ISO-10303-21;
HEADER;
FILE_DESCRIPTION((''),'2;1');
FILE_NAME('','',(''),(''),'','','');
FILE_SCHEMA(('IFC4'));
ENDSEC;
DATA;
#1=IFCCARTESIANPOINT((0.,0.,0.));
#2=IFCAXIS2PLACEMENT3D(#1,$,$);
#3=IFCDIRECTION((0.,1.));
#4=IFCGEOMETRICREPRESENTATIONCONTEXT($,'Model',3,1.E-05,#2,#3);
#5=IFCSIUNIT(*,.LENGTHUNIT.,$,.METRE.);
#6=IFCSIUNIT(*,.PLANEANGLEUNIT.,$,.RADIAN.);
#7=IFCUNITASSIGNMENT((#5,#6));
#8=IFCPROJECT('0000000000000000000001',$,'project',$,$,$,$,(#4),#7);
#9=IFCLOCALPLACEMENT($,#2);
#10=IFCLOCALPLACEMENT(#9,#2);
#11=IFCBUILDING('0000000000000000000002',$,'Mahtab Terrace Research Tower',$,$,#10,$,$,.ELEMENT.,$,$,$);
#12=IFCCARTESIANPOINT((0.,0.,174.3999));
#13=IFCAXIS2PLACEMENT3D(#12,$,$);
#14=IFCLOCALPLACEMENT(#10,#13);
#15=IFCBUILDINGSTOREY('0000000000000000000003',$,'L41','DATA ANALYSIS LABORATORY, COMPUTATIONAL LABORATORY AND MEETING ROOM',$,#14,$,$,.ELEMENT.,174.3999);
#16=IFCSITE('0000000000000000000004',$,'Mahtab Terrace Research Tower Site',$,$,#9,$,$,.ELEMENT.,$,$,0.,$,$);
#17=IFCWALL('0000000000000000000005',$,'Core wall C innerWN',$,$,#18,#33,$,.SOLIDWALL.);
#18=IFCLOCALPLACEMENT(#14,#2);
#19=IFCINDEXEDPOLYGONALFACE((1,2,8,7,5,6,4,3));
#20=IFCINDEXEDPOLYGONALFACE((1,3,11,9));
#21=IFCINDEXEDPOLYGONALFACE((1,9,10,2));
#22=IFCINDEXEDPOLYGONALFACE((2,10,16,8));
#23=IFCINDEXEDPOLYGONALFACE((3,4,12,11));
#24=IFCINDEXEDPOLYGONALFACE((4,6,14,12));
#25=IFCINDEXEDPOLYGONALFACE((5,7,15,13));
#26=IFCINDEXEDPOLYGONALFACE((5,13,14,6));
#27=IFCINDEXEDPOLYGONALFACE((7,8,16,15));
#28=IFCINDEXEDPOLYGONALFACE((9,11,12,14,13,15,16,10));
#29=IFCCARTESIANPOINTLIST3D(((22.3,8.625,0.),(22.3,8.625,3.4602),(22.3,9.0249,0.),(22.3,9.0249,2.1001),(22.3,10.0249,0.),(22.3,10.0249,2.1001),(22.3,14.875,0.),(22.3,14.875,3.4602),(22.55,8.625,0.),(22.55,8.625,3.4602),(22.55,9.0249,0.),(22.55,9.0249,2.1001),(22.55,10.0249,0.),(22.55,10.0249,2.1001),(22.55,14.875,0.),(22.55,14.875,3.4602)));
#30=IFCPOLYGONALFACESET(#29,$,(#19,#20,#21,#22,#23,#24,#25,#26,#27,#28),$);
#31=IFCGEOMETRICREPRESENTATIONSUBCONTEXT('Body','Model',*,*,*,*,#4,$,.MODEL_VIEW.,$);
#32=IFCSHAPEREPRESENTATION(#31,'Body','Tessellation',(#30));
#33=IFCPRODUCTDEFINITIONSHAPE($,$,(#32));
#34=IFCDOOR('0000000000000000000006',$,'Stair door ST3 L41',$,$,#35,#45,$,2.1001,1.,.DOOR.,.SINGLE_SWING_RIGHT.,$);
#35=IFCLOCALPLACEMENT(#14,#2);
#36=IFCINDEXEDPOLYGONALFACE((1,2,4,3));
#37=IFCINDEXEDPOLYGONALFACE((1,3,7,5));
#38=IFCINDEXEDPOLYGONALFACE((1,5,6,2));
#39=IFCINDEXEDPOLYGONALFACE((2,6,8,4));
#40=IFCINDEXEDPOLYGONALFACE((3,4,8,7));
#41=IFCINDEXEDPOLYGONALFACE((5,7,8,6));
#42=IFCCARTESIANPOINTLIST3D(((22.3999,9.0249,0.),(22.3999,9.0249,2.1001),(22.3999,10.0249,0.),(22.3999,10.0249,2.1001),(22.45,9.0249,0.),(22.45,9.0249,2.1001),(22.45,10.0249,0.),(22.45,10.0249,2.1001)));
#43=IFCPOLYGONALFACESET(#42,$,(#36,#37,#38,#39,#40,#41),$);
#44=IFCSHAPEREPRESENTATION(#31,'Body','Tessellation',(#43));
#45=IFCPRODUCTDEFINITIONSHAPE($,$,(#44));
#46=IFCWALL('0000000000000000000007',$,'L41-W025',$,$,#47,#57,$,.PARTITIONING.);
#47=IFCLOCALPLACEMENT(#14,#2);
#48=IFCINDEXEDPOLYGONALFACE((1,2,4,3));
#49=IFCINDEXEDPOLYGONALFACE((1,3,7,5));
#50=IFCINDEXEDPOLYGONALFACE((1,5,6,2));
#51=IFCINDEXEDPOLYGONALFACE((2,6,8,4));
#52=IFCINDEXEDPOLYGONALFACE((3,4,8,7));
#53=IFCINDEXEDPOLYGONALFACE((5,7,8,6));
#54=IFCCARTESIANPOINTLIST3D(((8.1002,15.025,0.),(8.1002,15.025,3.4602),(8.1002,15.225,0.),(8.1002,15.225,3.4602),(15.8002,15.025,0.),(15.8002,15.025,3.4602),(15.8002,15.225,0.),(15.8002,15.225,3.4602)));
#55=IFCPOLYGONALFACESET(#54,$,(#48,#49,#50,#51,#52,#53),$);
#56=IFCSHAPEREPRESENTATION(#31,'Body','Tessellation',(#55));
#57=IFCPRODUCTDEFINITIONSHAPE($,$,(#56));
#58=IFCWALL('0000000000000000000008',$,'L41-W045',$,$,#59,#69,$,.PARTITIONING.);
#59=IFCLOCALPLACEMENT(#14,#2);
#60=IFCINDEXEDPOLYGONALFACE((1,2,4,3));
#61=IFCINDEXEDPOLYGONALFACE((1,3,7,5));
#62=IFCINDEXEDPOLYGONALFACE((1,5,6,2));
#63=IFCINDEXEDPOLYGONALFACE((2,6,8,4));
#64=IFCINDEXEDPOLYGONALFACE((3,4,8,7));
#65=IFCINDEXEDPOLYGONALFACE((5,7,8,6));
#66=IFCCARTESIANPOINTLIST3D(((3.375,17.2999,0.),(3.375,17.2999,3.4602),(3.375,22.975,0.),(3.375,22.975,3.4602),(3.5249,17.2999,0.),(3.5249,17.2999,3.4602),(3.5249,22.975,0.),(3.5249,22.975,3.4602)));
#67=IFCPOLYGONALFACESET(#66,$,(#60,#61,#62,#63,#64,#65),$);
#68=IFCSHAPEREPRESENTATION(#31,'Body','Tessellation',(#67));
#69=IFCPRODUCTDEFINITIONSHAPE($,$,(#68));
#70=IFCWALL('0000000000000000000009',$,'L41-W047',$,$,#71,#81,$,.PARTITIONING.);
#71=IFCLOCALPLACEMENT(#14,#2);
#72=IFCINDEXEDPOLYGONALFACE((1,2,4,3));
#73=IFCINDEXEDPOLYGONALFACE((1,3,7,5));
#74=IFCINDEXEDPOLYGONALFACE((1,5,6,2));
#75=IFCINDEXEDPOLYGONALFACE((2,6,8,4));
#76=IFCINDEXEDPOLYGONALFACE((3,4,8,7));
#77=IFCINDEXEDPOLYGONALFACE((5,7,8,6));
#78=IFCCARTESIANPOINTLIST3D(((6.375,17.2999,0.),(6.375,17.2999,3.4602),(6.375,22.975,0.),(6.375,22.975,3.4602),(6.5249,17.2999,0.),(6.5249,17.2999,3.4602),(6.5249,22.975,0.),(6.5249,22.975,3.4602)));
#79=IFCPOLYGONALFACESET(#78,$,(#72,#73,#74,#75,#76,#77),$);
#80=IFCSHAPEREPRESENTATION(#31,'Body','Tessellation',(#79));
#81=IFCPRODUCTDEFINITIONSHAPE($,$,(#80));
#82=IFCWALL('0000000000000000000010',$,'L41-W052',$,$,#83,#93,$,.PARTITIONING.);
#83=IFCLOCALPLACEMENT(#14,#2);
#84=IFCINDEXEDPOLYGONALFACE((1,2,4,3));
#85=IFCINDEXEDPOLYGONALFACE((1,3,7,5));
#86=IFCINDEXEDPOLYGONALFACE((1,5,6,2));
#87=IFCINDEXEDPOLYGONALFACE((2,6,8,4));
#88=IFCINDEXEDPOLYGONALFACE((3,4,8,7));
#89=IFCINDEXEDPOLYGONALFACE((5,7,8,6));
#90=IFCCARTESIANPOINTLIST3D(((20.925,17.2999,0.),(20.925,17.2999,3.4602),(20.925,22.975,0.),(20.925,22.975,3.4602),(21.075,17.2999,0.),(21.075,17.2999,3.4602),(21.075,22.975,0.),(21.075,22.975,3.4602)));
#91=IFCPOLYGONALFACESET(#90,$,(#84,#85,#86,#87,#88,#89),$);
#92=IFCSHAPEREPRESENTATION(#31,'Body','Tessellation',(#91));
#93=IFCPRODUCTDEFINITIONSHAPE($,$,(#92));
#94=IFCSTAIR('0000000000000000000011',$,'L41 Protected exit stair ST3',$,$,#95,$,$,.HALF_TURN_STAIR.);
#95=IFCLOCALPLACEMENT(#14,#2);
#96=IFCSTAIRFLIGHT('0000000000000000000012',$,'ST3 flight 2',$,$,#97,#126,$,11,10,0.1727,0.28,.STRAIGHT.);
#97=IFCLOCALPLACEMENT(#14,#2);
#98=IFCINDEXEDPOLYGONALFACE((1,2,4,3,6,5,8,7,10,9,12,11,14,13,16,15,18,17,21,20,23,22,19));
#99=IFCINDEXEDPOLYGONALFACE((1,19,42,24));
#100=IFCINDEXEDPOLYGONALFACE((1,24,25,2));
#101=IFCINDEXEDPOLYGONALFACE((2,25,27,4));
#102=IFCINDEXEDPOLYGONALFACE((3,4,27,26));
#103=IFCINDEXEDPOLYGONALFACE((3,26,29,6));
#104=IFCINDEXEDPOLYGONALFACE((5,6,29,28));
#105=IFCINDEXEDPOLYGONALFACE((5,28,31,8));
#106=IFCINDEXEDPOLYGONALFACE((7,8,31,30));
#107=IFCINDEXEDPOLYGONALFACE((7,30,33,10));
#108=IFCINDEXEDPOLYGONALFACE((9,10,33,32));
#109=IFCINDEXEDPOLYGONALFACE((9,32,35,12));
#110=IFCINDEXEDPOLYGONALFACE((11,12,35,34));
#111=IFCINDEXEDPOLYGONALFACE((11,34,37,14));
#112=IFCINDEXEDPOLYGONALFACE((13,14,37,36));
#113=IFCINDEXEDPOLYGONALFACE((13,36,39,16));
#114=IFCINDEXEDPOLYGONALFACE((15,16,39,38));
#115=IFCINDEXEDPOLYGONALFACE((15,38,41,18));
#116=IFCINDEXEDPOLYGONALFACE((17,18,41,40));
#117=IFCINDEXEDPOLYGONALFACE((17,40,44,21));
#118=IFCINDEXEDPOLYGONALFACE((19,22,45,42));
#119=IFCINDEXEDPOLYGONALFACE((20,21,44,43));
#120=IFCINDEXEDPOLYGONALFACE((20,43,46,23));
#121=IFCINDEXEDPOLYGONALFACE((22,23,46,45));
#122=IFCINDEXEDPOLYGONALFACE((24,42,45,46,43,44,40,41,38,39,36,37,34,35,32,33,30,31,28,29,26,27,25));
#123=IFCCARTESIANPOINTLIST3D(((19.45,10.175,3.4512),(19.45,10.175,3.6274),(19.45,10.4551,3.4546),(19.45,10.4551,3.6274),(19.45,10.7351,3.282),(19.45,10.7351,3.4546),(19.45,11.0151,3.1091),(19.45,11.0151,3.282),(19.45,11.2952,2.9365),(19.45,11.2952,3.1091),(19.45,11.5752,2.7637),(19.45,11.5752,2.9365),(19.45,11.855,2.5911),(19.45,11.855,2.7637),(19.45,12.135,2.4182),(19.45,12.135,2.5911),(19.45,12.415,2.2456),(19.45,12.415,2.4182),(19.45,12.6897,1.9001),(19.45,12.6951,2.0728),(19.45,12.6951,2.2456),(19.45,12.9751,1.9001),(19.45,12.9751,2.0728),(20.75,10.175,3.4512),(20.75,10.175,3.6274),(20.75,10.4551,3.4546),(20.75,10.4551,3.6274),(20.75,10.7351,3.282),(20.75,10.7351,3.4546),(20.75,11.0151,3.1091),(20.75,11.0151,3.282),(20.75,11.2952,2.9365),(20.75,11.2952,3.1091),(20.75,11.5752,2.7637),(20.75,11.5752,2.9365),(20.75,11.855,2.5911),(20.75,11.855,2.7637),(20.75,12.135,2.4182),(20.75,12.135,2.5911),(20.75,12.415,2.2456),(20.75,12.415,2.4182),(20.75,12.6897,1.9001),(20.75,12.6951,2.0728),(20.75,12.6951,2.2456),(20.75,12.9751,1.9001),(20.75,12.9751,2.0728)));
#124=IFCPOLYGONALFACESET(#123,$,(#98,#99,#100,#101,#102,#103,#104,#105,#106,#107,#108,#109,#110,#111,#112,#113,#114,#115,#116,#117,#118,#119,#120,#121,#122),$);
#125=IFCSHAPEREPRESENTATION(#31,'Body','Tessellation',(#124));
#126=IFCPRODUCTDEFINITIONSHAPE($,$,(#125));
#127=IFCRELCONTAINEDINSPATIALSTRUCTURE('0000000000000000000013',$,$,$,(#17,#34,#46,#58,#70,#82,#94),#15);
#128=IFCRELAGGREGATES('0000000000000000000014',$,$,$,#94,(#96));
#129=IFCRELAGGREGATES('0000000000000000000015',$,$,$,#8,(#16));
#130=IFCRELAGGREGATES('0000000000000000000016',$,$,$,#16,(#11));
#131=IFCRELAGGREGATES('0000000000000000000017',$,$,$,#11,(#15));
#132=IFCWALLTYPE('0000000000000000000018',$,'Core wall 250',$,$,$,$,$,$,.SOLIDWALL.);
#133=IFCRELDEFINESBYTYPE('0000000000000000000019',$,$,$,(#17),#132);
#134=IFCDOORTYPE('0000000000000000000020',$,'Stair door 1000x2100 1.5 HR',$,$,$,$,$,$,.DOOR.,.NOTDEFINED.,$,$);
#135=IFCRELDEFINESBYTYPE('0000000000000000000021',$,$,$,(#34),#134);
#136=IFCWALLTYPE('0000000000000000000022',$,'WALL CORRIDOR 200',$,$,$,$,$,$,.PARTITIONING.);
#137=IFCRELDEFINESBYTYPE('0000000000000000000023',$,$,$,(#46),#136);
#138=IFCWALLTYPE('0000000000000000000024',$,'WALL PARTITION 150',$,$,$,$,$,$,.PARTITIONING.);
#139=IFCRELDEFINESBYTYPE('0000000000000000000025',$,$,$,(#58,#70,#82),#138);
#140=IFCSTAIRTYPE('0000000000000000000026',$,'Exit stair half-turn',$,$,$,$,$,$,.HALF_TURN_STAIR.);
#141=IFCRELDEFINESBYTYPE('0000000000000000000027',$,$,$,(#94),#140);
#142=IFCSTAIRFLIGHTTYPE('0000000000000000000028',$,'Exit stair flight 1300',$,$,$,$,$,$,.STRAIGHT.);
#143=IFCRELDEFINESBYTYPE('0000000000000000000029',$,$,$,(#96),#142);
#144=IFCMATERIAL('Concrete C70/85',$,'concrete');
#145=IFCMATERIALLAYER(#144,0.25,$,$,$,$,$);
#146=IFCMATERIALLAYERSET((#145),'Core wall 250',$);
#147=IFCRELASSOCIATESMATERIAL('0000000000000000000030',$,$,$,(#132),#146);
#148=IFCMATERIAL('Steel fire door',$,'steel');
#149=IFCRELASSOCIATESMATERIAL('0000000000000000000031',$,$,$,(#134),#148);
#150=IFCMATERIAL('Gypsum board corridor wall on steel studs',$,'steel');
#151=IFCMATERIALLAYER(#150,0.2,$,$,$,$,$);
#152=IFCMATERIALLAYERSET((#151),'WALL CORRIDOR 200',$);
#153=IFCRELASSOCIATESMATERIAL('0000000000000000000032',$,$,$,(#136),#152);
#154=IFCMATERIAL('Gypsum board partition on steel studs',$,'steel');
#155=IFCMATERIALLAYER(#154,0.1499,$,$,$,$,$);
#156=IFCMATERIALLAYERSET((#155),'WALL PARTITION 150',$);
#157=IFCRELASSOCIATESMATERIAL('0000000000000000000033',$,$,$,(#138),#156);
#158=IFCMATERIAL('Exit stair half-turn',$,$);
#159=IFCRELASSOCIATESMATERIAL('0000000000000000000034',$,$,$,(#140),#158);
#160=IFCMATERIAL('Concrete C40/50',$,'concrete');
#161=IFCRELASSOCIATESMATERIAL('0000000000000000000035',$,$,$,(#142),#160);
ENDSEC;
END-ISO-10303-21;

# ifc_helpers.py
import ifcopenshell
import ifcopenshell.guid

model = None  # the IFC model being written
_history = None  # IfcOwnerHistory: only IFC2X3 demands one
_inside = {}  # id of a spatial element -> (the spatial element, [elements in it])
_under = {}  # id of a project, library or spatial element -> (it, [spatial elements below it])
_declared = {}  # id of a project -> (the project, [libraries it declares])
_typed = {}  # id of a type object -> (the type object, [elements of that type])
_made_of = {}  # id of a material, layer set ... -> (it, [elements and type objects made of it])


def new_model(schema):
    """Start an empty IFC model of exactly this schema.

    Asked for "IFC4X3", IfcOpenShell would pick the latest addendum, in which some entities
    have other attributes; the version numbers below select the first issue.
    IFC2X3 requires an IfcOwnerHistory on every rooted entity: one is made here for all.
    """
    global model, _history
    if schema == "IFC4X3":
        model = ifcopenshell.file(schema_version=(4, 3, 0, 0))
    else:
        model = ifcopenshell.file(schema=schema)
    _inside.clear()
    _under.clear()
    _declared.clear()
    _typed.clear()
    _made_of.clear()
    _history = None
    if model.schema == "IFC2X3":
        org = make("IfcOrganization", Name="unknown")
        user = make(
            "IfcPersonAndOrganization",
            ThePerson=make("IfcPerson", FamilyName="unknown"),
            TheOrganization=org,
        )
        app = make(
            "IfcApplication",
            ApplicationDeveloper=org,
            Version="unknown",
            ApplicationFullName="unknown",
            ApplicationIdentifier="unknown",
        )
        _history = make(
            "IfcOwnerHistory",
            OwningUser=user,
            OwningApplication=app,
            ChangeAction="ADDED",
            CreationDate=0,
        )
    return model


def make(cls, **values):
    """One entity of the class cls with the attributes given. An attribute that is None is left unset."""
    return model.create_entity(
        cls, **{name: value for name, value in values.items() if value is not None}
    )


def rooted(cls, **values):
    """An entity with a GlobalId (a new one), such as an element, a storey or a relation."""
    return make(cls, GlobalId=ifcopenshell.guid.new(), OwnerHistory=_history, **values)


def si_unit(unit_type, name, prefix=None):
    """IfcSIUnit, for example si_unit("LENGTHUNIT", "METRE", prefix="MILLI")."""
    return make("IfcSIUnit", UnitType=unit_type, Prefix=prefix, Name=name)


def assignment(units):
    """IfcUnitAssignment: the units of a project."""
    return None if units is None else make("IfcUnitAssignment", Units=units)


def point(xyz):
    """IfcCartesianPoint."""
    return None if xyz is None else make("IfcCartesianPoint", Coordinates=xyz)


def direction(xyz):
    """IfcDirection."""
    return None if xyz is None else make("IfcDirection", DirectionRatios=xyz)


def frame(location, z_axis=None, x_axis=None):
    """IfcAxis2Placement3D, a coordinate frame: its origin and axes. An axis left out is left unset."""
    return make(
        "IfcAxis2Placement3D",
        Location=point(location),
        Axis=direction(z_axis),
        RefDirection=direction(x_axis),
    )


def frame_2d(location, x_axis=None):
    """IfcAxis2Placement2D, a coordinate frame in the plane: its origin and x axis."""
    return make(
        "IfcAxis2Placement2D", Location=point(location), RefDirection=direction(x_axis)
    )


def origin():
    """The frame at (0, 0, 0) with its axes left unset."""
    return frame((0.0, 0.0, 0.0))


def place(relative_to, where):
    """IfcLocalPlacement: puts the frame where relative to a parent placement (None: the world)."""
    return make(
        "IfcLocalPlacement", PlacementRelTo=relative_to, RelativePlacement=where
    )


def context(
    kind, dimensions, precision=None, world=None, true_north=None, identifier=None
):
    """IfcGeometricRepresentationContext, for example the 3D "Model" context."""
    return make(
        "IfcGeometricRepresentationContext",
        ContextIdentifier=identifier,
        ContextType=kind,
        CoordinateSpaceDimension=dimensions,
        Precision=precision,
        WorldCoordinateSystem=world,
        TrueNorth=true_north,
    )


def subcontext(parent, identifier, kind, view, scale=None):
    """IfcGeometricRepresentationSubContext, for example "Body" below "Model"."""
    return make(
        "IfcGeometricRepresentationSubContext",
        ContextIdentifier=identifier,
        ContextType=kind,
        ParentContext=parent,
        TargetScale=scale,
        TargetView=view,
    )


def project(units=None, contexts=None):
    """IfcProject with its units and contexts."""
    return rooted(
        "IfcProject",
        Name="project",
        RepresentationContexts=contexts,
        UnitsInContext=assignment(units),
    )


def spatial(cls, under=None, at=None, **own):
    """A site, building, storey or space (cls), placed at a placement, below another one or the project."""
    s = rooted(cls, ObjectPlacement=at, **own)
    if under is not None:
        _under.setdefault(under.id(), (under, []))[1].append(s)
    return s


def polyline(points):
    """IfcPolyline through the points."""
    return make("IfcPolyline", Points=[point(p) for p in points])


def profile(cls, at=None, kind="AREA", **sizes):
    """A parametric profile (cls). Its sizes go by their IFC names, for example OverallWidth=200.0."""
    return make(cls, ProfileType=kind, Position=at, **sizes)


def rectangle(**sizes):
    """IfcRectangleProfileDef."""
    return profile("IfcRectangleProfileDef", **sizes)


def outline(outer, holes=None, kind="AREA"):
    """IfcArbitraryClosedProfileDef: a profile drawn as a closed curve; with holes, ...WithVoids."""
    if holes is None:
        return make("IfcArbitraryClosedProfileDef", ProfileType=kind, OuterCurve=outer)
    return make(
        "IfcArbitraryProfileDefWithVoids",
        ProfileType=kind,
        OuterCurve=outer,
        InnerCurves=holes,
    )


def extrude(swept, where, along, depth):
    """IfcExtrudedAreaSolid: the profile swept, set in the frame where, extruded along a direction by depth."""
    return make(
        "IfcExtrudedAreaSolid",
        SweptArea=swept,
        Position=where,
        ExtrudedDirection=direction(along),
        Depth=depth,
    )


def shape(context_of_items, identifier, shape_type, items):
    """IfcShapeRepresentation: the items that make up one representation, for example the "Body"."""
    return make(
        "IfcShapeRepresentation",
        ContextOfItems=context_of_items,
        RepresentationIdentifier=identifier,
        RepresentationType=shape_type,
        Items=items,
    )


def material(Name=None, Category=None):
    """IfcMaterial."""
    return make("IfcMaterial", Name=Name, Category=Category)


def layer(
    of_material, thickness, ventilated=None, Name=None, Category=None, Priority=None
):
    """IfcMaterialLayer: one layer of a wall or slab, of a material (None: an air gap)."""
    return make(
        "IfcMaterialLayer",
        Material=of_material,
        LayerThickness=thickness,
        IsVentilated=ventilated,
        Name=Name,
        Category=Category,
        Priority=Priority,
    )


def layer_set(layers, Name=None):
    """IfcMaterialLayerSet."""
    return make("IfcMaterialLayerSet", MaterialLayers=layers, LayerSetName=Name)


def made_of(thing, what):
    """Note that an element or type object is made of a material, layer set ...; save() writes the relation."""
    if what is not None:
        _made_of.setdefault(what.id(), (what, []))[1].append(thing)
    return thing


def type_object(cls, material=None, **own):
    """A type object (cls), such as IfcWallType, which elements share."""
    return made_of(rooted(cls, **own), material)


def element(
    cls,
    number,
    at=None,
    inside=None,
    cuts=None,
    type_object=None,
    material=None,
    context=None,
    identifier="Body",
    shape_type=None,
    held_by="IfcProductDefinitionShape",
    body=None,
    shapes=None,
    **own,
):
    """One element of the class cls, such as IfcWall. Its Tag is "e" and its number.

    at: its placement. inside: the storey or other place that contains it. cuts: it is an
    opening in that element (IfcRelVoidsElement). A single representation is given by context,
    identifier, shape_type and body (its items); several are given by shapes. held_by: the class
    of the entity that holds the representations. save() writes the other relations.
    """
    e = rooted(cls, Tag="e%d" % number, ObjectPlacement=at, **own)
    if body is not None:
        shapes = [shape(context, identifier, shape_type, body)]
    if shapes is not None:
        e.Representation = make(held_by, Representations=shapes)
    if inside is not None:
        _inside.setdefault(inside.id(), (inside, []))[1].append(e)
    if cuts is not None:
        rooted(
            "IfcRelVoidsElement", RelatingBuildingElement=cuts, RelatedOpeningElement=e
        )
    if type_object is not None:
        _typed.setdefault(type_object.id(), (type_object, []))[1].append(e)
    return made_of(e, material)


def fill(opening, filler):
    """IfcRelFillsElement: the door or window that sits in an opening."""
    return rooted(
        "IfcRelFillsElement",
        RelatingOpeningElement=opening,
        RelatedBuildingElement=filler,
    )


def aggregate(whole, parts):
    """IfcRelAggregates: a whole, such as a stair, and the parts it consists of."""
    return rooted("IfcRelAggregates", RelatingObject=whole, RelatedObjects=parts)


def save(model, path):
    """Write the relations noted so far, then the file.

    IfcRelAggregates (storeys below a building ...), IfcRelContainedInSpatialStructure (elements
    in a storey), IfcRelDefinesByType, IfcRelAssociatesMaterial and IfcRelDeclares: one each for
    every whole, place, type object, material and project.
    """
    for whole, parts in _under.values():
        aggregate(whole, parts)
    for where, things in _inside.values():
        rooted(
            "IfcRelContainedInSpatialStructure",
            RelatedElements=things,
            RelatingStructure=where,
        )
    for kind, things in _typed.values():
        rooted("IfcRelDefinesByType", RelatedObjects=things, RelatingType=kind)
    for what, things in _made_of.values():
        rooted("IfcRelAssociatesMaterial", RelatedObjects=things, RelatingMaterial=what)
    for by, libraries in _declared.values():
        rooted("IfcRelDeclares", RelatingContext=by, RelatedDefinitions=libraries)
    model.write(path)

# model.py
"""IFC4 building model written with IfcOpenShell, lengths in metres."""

from ifc_helpers import new_model, si_unit, direction, frame, frame_2d, origin, place, context, subcontext, project, spatial, polyline, rectangle, outline, extrude, material, layer, layer_set, type_object, element, fill, aggregate, save


model = new_model("IFC4")

# Units and contexts
model_context = context("Model", 3, precision=1e-05, world=origin(), true_north=direction((0.0, 1.0)))
body_context = subcontext(model_context, "Body", "Model", "MODEL_VIEW")
ifc_project = project(units=[si_unit("LENGTHUNIT", "METRE"), si_unit("PLANEANGLEUNIT", "RADIAN")], contexts=[model_context])

# Site, building, storey
site_placement = place(None, origin())
site = spatial("IfcSite", under=ifc_project, at=site_placement, Name="Mahtab Terrace Research Tower Site", CompositionType="ELEMENT", RefElevation=0.0)
building_placement = place(site_placement, origin())
building = spatial("IfcBuilding", under=site, at=building_placement, Name="Mahtab Terrace Research Tower", CompositionType="ELEMENT")
storey_placement = place(building_placement, frame((0.0, 0.0, 174.3999)))
storey = spatial("IfcBuildingStorey", under=building, at=storey_placement, Name="L41", Description="DATA ANALYSIS LABORATORY, COMPUTATIONAL LABORATORY AND MEETING ROOM", CompositionType="ELEMENT", Elevation=174.3999)

# Shared definitions
ifc_material_1 = material(Name="Concrete C70/85", Category="concrete")

# Shared definitions
ifc_layer_1 = layer(ifc_material_1, 0.25)
ifc_layer_set_1 = layer_set([ifc_layer_1], Name="Core wall 250")
wall_type_1 = type_object("IfcWallType", Name="Core wall 250", PredefinedType="SOLIDWALL", material=ifc_layer_set_1)
ifc_material_2 = material(Name="Steel fire door", Category="steel")

# Wall, opening, door
wall_1_placement = place(storey_placement, frame((22.425, 14.875, 0.0), z_axis=(0.0, 0.0, 1.0), x_axis=(0.0, -1.0, 0.0)))
wall_1 = element("IfcWall", 1, at=wall_1_placement, inside=storey, type_object=wall_type_1, Name="Core wall C innerWN", PredefinedType="SOLIDWALL", context=body_context, shape_type="SweptSolid", body=[
    extrude(rectangle(XDim=6.25, YDim=0.25, at=frame_2d((3.125, 0.0))), origin(), (0.0, 0.0, 1.0), 3.4602),
])
opening_1_placement = place(wall_1_placement, frame((4.8501, 0.0, 0.0)))
opening_1 = element("IfcOpeningElement", 2, at=opening_1_placement, cuts=wall_1, PredefinedType="OPENING", context=body_context, shape_type="SweptSolid", body=[
    extrude(rectangle(XDim=1.0, YDim=2.1001, at=frame_2d((0.5, 1.05))), frame((0.0, 0.135, 0.0), z_axis=(0.0, -1.0, 0.0), x_axis=(1.0, 0.0, 0.0)), (0.0, 0.0, 1.0), 0.27),
])
door_type_1 = type_object("IfcDoorType", Name="Stair door 1000x2100 1.5 HR", OperationType="NOTDEFINED", PredefinedType="DOOR", material=ifc_material_2)
door_1_placement = place(opening_1_placement, origin())
door_1 = element("IfcDoor", 3, at=door_1_placement, inside=storey, type_object=door_type_1, Name="Stair door ST3 L41", OperationType="SINGLE_SWING_RIGHT", OverallHeight=2.1001, OverallWidth=1.0, PredefinedType="DOOR", context=body_context, shape_type="SweptSolid", body=[
    extrude(rectangle(XDim=1.0, YDim=2.1001, at=frame_2d((0.5, 1.05))), frame((0.0, 0.0249, 0.0), z_axis=(0.0, -1.0, 0.0), x_axis=(1.0, 0.0, 0.0)), (0.0, 0.0, 1.0), 0.05),
])
fill(opening_1, door_1)

# Walls
ifc_material_3 = material(Name="Gypsum board corridor wall on steel studs", Category="steel")
ifc_layer_2 = layer(ifc_material_3, 0.2)
ifc_layer_set_2 = layer_set([ifc_layer_2], Name="WALL CORRIDOR 200")
wall_type_2 = type_object("IfcWallType", Name="WALL CORRIDOR 200", PredefinedType="PARTITIONING", material=ifc_layer_set_2)
wall_2_placement = place(storey_placement, frame((8.1001, 15.125, 0.0), z_axis=(0.0, 0.0, 1.0), x_axis=(1.0, 0.0, 0.0)))
element("IfcWall", 4, at=wall_2_placement, inside=storey, type_object=wall_type_2, Name="L41-W025", PredefinedType="PARTITIONING", context=body_context, shape_type="SweptSolid", body=[
    extrude(rectangle(XDim=7.7, YDim=0.2, at=frame_2d((3.8501, 0.0))), origin(), (0.0, 0.0, 1.0), 3.4602),
])
ifc_material_4 = material(Name="Gypsum board partition on steel studs", Category="steel")
ifc_layer_3 = layer(ifc_material_4, 0.1499)
ifc_layer_set_3 = layer_set([ifc_layer_3], Name="WALL PARTITION 150")
wall_type_3 = type_object("IfcWallType", Name="WALL PARTITION 150", PredefinedType="PARTITIONING", material=ifc_layer_set_3)
for number, where, z_axis, x_axis, name in (
    (5, (3.45, 17.3, 0.0), (0.0, 0.0, 1.0), (0.0, 1.0, 0.0), "L41-W045"),
    (6, (6.45, 17.3, 0.0), (0.0, 0.0, 1.0), (0.0, 1.0, 0.0), "L41-W047"),
    (7, (21.0, 17.3, 0.0), (0.0, 0.0, 1.0), (0.0, 1.0, 0.0), "L41-W052"),
):
    element("IfcWall", number, at=place(storey_placement, frame(where, z_axis=z_axis, x_axis=x_axis)), inside=storey, type_object=wall_type_3, Name=name, PredefinedType="PARTITIONING", context=body_context, shape_type="SweptSolid", body=[
        extrude(rectangle(XDim=5.675, YDim=0.1499, at=frame_2d((2.8374, 0.0))), origin(), (0.0, 0.0, 1.0), 3.4602),
    ])

# Stair, stair flight
ifc_material_5 = material(Name="Exit stair half-turn")
stair_type = type_object("IfcStairType", Name="Exit stair half-turn", PredefinedType="HALF_TURN_STAIR", material=ifc_material_5)
stair_placement = place(storey_placement, origin())
stair = element("IfcStair", 8, at=stair_placement, inside=storey, type_object=stair_type, Name="L41 Protected exit stair ST3", PredefinedType="HALF_TURN_STAIR")
ifc_material_6 = material(Name="Concrete C40/50", Category="concrete")
stair_flight_type = type_object("IfcStairFlightType", Name="Exit stair flight 1300", PredefinedType="STRAIGHT", material=ifc_material_6)
stair_flight_placement = place(storey_placement, frame((20.1001, 12.9751, 1.9001), z_axis=(0.0, 0.0, 1.0), x_axis=(0.0, -1.0, 0.0)))
stair_flight = element("IfcStairFlight", 9, at=stair_flight_placement, type_object=stair_flight_type, Name="ST3 flight 2", NumberOfRisers=11, NumberOfTreads=10, PredefinedType="STRAIGHT", RiserHeight=0.1727, TreadLength=0.28, context=body_context, shape_type="SweptSolid", body=[
    extrude(outline(polyline([(0.0, 0.0), (0.0, 0.1726), (0.28, 0.1726), (0.28, 0.3455), (0.5601, 0.3455), (0.5601, 0.5181), (0.8401, 0.5181), (0.8401, 0.6909), (1.1201, 0.6909), (1.1201, 0.8635), (1.3999, 0.8635), (1.3999, 1.0364), (1.6799, 1.0364), (1.6799, 1.209), (1.96, 1.209), (1.96, 1.3818), (2.24, 1.3818), (2.24, 1.5544), (2.52, 1.5544), (2.52, 1.7273), (2.8, 1.7273), (2.8, 1.8999), (2.8, 1.551), (0.2854, 0.0), (0.0, 0.0)])), frame((0.0, 0.6499, 0.0), z_axis=(0.0, -1.0, 0.0), x_axis=(1.0, 0.0, 0.0)), (0.0, 0.0, 1.0), 1.3),
])
aggregate(stair, [stair_flight])

save(model, "model.ifc")
